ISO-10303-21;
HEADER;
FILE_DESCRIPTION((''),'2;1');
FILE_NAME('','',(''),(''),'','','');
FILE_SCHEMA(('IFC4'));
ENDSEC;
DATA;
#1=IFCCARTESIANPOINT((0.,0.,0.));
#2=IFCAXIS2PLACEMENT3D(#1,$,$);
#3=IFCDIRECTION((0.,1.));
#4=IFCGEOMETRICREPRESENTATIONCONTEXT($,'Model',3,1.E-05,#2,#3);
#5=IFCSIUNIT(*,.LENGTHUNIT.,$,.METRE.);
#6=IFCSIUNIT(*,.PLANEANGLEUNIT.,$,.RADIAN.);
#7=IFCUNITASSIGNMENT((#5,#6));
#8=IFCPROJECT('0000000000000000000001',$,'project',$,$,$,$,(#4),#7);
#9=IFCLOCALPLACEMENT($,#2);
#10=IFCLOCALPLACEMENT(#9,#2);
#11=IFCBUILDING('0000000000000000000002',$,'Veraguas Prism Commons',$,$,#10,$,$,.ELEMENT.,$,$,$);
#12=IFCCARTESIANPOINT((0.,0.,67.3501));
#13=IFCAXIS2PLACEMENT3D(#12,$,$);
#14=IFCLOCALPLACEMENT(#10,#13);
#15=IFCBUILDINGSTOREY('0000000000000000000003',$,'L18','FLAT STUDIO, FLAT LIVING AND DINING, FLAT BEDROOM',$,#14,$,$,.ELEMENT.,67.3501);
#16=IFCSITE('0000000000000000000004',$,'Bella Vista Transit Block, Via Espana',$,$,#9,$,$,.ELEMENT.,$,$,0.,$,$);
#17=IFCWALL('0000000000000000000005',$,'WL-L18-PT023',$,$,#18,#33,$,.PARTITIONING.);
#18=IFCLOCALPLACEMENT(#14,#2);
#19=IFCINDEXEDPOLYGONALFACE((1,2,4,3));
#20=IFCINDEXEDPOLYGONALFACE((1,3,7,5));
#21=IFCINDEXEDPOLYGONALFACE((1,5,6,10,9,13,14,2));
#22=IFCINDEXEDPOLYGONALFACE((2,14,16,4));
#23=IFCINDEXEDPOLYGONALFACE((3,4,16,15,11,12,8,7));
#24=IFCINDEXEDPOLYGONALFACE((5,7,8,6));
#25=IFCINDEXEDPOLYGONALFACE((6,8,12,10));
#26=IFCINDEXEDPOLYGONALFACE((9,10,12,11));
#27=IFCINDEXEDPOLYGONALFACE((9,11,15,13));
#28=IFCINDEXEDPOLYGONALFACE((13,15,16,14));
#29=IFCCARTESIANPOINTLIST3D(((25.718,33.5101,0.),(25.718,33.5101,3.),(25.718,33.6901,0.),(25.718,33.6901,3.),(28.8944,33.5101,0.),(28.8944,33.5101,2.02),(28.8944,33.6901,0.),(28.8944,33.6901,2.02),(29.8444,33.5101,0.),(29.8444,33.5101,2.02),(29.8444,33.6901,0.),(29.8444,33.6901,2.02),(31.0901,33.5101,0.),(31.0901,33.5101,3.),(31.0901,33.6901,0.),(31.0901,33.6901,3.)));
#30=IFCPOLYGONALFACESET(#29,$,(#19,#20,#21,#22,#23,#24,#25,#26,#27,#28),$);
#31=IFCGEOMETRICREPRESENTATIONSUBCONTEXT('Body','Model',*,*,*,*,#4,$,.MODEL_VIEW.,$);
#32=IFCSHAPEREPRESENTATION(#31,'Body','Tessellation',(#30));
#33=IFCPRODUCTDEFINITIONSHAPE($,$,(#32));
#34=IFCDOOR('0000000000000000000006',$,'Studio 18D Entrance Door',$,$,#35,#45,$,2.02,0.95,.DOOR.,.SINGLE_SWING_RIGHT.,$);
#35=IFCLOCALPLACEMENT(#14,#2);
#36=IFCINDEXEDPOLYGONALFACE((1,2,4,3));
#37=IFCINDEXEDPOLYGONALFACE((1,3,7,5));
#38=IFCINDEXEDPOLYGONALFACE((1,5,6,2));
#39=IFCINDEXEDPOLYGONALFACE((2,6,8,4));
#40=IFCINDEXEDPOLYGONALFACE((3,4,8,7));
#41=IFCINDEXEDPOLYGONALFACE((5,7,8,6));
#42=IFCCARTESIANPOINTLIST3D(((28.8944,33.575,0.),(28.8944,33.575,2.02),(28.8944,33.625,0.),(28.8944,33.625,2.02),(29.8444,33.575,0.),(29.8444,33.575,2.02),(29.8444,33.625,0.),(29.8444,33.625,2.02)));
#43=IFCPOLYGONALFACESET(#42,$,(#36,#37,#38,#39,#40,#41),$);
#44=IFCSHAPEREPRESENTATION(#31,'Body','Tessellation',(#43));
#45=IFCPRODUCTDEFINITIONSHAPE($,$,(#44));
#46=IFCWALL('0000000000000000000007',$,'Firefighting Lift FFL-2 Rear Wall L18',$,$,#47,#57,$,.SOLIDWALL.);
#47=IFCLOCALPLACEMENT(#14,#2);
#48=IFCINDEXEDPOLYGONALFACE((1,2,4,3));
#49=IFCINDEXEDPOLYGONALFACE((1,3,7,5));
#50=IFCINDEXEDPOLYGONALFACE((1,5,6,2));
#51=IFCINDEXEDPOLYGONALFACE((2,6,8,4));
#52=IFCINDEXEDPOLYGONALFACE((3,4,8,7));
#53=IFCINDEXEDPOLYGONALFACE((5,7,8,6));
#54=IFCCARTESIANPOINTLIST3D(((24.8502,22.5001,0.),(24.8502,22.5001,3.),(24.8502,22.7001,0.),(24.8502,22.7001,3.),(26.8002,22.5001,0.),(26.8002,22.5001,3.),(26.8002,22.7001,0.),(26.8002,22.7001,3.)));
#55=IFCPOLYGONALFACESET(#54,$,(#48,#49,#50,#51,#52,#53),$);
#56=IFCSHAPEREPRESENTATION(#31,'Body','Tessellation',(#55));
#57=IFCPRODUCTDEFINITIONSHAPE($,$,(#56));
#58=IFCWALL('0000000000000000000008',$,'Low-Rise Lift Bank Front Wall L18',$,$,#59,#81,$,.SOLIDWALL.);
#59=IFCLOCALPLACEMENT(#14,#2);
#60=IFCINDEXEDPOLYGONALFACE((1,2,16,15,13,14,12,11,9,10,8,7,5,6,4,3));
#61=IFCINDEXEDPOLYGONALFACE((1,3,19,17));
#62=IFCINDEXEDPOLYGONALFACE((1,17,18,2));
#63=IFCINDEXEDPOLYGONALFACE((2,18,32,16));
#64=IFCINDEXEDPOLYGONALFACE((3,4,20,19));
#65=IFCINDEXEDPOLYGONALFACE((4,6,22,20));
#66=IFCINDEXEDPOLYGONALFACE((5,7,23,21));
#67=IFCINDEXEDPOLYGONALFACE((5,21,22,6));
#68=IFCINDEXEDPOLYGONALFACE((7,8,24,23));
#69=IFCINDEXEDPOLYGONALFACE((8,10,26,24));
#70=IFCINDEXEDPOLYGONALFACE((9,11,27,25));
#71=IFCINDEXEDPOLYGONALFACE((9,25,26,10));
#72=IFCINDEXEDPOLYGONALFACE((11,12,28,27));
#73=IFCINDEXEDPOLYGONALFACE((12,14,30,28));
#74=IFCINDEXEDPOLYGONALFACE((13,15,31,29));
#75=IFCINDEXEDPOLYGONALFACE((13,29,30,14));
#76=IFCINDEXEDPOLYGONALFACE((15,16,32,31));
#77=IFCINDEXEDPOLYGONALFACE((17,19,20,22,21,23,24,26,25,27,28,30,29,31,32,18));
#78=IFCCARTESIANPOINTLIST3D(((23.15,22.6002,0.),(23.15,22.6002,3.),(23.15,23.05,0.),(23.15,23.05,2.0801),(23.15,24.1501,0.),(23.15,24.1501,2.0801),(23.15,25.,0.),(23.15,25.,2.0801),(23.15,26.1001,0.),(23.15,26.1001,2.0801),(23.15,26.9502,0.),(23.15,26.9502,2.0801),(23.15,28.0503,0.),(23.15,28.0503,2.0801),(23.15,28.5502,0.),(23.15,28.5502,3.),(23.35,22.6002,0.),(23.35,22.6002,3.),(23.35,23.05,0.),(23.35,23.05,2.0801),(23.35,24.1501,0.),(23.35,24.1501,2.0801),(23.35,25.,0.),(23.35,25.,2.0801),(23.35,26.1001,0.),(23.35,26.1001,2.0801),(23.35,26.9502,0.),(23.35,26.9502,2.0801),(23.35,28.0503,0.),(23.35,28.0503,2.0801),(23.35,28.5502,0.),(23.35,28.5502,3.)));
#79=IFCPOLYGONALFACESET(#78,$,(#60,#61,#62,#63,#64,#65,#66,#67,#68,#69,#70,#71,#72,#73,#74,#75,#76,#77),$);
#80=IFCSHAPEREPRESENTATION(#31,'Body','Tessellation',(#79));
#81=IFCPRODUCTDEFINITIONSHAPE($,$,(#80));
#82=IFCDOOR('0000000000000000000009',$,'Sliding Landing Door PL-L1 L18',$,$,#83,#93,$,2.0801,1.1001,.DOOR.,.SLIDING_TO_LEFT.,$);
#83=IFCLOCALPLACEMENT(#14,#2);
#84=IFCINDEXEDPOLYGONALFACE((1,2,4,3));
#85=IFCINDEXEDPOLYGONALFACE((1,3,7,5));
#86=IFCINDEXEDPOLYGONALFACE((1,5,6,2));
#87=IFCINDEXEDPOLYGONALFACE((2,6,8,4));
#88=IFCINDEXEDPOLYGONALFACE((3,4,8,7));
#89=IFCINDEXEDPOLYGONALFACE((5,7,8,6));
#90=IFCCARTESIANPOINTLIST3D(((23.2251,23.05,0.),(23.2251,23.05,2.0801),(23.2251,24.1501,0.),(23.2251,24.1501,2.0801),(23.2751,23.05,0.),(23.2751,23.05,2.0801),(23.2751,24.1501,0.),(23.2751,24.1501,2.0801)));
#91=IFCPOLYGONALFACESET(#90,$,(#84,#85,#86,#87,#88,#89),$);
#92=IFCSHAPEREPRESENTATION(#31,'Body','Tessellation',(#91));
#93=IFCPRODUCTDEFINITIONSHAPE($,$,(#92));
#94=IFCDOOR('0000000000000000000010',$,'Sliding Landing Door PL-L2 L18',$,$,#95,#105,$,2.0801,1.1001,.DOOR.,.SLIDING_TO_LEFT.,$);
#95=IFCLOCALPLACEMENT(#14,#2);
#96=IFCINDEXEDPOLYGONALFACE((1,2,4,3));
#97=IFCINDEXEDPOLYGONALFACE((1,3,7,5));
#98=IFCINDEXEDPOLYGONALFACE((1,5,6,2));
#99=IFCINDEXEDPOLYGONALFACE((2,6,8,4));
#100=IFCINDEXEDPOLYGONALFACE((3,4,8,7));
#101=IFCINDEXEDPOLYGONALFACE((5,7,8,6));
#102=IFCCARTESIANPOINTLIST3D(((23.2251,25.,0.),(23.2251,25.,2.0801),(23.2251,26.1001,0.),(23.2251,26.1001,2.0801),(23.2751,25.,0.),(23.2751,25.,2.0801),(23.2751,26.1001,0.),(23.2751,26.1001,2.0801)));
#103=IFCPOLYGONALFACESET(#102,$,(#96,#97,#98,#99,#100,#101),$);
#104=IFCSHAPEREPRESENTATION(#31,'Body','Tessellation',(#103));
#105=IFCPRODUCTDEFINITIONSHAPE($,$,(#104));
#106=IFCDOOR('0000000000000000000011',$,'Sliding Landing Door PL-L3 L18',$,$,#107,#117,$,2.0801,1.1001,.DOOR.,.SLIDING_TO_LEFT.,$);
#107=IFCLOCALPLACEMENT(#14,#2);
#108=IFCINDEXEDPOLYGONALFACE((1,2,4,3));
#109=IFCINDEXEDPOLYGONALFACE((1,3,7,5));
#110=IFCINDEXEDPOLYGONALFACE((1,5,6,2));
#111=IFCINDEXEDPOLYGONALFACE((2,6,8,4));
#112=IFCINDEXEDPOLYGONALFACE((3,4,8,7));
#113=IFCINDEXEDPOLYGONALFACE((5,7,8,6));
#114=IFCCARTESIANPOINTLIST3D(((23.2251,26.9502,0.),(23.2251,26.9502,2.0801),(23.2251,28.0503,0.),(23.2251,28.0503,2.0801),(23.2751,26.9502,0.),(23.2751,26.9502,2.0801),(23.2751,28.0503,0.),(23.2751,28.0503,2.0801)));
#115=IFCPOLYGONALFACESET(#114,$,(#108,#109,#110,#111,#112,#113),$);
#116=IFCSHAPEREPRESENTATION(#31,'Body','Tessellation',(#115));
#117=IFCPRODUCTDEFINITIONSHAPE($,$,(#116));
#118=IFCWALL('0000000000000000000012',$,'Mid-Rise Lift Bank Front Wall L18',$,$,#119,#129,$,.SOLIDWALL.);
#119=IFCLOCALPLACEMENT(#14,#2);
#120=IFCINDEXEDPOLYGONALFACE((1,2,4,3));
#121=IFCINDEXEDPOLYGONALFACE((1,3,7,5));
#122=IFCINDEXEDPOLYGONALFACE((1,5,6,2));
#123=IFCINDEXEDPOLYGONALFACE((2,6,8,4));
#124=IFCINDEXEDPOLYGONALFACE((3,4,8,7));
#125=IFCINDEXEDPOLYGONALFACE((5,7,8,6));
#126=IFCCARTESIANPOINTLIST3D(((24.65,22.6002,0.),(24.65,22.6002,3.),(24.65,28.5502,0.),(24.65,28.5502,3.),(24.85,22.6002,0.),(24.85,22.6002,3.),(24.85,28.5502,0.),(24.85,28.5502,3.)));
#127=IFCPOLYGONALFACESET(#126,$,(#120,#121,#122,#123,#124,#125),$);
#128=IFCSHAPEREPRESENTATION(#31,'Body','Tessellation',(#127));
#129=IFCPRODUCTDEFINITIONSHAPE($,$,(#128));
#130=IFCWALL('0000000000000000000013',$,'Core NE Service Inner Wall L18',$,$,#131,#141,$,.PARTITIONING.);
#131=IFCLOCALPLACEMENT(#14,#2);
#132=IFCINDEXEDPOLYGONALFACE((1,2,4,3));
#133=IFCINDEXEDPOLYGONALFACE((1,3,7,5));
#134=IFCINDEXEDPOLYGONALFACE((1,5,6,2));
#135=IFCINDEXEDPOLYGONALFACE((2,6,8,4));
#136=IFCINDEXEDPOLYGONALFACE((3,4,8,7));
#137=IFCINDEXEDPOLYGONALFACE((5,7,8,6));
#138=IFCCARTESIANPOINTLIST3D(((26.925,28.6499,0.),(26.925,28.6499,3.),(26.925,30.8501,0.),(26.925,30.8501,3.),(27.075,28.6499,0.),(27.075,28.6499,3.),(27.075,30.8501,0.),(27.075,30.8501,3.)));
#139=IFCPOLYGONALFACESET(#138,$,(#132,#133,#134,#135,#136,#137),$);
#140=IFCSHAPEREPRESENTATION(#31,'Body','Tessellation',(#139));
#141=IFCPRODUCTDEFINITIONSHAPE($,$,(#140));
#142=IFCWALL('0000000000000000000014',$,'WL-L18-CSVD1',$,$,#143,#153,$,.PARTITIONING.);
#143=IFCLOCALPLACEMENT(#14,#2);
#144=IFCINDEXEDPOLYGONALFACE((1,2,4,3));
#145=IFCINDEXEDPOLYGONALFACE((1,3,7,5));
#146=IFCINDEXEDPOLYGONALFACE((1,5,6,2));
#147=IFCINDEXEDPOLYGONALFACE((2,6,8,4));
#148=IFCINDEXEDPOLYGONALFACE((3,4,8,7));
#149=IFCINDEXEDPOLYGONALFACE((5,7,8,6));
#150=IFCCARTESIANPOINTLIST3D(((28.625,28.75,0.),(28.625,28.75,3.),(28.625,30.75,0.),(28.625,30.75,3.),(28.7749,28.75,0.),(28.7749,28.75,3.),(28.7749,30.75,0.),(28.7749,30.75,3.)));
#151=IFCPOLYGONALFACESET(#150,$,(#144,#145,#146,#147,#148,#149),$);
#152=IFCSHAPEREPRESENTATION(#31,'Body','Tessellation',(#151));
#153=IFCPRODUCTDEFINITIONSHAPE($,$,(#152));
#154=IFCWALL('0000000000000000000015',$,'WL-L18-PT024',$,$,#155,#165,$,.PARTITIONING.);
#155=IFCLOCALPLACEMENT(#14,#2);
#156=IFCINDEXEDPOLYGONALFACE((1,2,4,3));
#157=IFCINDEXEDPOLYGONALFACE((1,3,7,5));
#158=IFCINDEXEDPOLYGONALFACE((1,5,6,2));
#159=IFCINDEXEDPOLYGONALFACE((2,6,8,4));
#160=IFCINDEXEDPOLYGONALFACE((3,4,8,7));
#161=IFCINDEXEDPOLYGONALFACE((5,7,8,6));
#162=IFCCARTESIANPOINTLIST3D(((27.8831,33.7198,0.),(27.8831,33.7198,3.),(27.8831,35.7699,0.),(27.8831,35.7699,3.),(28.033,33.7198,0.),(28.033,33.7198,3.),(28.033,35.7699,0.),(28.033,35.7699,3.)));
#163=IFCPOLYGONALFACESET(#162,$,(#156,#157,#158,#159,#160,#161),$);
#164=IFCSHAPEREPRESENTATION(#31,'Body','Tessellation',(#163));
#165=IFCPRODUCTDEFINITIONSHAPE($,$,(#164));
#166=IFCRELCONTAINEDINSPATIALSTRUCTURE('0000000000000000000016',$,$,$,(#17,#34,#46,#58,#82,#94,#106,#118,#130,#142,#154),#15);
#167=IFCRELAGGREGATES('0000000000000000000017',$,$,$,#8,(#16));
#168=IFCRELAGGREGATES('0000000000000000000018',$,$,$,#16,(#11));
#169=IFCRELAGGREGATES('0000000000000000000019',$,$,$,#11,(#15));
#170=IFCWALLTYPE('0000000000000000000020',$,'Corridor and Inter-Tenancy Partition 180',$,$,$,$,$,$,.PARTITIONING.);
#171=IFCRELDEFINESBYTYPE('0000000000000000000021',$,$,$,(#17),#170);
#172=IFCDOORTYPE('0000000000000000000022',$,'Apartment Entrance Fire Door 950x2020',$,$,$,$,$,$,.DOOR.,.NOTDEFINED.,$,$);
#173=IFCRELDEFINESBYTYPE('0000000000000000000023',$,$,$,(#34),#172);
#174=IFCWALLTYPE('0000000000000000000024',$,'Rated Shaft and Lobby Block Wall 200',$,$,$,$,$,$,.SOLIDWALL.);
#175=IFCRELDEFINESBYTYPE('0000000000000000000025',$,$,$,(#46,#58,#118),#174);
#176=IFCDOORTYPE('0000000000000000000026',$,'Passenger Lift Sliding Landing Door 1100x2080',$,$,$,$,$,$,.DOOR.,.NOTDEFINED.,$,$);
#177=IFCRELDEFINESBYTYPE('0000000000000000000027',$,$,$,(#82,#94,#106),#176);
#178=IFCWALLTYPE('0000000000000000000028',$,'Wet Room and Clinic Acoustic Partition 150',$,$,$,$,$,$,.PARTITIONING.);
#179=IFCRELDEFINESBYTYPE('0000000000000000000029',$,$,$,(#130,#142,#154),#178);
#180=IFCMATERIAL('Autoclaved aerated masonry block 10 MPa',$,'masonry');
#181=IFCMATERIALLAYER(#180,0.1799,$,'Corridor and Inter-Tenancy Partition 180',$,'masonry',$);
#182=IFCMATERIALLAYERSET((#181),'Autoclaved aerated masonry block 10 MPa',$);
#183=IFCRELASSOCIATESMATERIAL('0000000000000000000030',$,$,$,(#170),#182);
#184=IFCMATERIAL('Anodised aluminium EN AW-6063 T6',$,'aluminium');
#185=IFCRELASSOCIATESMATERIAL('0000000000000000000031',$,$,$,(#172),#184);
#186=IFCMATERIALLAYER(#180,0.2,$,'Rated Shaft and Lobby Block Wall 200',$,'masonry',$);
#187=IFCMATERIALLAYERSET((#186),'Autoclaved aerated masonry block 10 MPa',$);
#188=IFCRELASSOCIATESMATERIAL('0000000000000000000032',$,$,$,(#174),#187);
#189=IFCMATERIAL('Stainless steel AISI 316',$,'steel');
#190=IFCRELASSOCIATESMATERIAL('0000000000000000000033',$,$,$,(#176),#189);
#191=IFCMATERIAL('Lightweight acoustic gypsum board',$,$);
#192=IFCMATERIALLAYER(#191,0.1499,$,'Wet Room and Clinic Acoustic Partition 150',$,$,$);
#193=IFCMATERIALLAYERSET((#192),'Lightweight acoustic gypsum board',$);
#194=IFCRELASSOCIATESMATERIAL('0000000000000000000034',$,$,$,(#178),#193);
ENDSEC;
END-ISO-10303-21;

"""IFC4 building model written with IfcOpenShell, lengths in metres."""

from ifc_helpers import new_model, si_unit, direction, frame, frame_2d, origin, place, context, subcontext, project, spatial, rectangle, extrude, source, transform, mapped, material, layer, layer_set, type_object, element, fill, save


model = new_model("IFC4")

# Units and contexts
model_context = context("Model", 3, precision=1e-05, world=origin(), true_north=direction((0.0, 1.0)))
body_context = subcontext(model_context, "Body", "Model", "MODEL_VIEW")
ifc_project = project(units=[si_unit("LENGTHUNIT", "METRE"), si_unit("PLANEANGLEUNIT", "RADIAN")], contexts=[model_context])

# Site, building, storey
site_placement = place(None, origin())
site = spatial("IfcSite", under=ifc_project, at=site_placement, Name="Bella Vista Transit Block, Via Espana", CompositionType="ELEMENT", RefElevation=0.0)
building_placement = place(site_placement, origin())
building = spatial("IfcBuilding", under=site, at=building_placement, Name="Veraguas Prism Commons", CompositionType="ELEMENT")
storey_placement = place(building_placement, frame((0.0, 0.0, 67.3501)))
storey = spatial("IfcBuildingStorey", under=building, at=storey_placement, Name="L18", Description="FLAT STUDIO, FLAT LIVING AND DINING, FLAT BEDROOM", CompositionType="ELEMENT", Elevation=67.3501)

# Shared definitions
ifc_material_1 = material(Name="Autoclaved aerated masonry block 10 MPa", Category="masonry")
ifc_layer_1 = layer(ifc_material_1, 0.1799, Name="Corridor and Inter-Tenancy Partition 180", Category="masonry")
ifc_layer_set_1 = layer_set([ifc_layer_1], Name="Autoclaved aerated masonry block 10 MPa")
wall_type_1 = type_object("IfcWallType", Name="Corridor and Inter-Tenancy Partition 180", PredefinedType="PARTITIONING", material=ifc_layer_set_1)

# Wall, opening, door
wall_1_placement = place(storey_placement, frame((25.718, 33.6001, 0.0), z_axis=(0.0, 0.0, 1.0), x_axis=(1.0, 0.0, 0.0)))
wall_1 = element("IfcWall", 1, at=wall_1_placement, inside=storey, type_object=wall_type_1, Name="WL-L18-PT023", PredefinedType="PARTITIONING", context=body_context, shape_type="SweptSolid", body=[
    extrude(rectangle(XDim=5.3721, YDim=0.1799, at=frame_2d((2.686, 0.0))), origin(), (0.0, 0.0, 1.0), 3.0),
])
opening_1_placement = place(wall_1_placement, frame((3.1763, 0.0, 0.0)))
opening_1 = element("IfcOpeningElement", 2, at=opening_1_placement, cuts=wall_1, PredefinedType="OPENING", context=body_context, shape_type="SweptSolid", body=[
    extrude(rectangle(XDim=0.95, YDim=2.02, at=frame_2d((0.4751, 1.01))), frame((0.0, 0.0999, 0.0), z_axis=(0.0, -1.0, 0.0), x_axis=(1.0, 0.0, 0.0)), (0.0, 0.0, 1.0), 0.2),
])
ifc_material_2 = material(Name="Anodised aluminium EN AW-6063 T6", Category="aluminium")
door_type_1 = type_object("IfcDoorType", Name="Apartment Entrance Fire Door 950x2020", OperationType="NOTDEFINED", PredefinedType="DOOR", material=ifc_material_2)
shared_shape_1 = source(origin(), body_context, "Body", "SweptSolid", [
    extrude(rectangle(XDim=0.95, YDim=2.02, at=frame_2d((0.4751, 1.01))), frame((0.0, 0.0249, 0.0), z_axis=(0.0, -1.0, 0.0), x_axis=(1.0, 0.0, 0.0)), (0.0, 0.0, 1.0), 0.05),
])
door_1_placement = place(opening_1_placement, origin())
door_1 = element("IfcDoor", 3, at=door_1_placement, inside=storey, type_object=door_type_1, Name="Studio 18D Entrance Door", OperationType="SINGLE_SWING_RIGHT", OverallHeight=2.02, OverallWidth=0.95, PredefinedType="DOOR", context=body_context, shape_type="MappedRepresentation", body=[
    mapped(shared_shape_1, transform((0.0, 0.0, 0.0), scale=1.0)),
])
fill(opening_1, door_1)

# Wall
ifc_layer_2 = layer(ifc_material_1, 0.2, Name="Rated Shaft and Lobby Block Wall 200", Category="masonry")
ifc_layer_set_2 = layer_set([ifc_layer_2], Name="Autoclaved aerated masonry block 10 MPa")
wall_type_2 = type_object("IfcWallType", Name="Rated Shaft and Lobby Block Wall 200", PredefinedType="SOLIDWALL", material=ifc_layer_set_2)
wall_2_placement = place(storey_placement, frame((24.8501, 22.6001, 0.0), z_axis=(0.0, 0.0, 1.0), x_axis=(1.0, 0.0, 0.0)))
element("IfcWall", 4, at=wall_2_placement, inside=storey, type_object=wall_type_2, Name="Firefighting Lift FFL-2 Rear Wall L18", PredefinedType="SOLIDWALL", context=body_context, shape_type="SweptSolid", body=[
    extrude(rectangle(XDim=1.95, YDim=0.2, at=frame_2d((0.9751, 0.0))), origin(), (0.0, 0.0, 1.0), 3.0),
])

# Wall, openings, doors
wall_3_placement = place(storey_placement, frame((23.25, 22.6001, 0.0), z_axis=(0.0, 0.0, 1.0), x_axis=(0.0, 1.0, 0.0)))
wall_3 = element("IfcWall", 5, at=wall_3_placement, inside=storey, type_object=wall_type_2, Name="Low-Rise Lift Bank Front Wall L18", PredefinedType="SOLIDWALL", context=body_context, shape_type="SweptSolid", body=[
    extrude(rectangle(XDim=5.95, YDim=0.2, at=frame_2d((2.9751, 0.0))), origin(), (0.0, 0.0, 1.0), 3.0),
])
opening_2_placement = place(wall_3_placement, frame((0.45, 0.0, 0.0)))
opening_2 = element("IfcOpeningElement", 6, at=opening_2_placement, cuts=wall_3, PredefinedType="OPENING", context=body_context, shape_type="SweptSolid", body=[
    extrude(rectangle(XDim=1.1001, YDim=2.0801, at=frame_2d((0.55, 1.04))), frame((0.0, 0.1099, 0.0), z_axis=(0.0, -1.0, 0.0), x_axis=(1.0, 0.0, 0.0)), (0.0, 0.0, 1.0), 0.22),
])
opening_3_placement = place(wall_3_placement, frame((2.3999, 0.0, 0.0)))
opening_3 = element("IfcOpeningElement", 7, at=opening_3_placement, cuts=wall_3, PredefinedType="OPENING", context=body_context, shape_type="SweptSolid", body=[
    extrude(rectangle(XDim=1.1001, YDim=2.0801, at=frame_2d((0.55, 1.04))), frame((0.0, 0.1099, 0.0), z_axis=(0.0, -1.0, 0.0), x_axis=(1.0, 0.0, 0.0)), (0.0, 0.0, 1.0), 0.22),
])
opening_4_placement = place(wall_3_placement, frame((4.3501, 0.0, 0.0)))
opening_4 = element("IfcOpeningElement", 8, at=opening_4_placement, cuts=wall_3, PredefinedType="OPENING", context=body_context, shape_type="SweptSolid", body=[
    extrude(rectangle(XDim=1.1001, YDim=2.0801, at=frame_2d((0.55, 1.04))), frame((0.0, 0.1099, 0.0), z_axis=(0.0, -1.0, 0.0), x_axis=(1.0, 0.0, 0.0)), (0.0, 0.0, 1.0), 0.22),
])
ifc_material_3 = material(Name="Stainless steel AISI 316", Category="steel")
door_type_2 = type_object("IfcDoorType", Name="Passenger Lift Sliding Landing Door 1100x2080", OperationType="NOTDEFINED", PredefinedType="DOOR", material=ifc_material_3)
shared_shape_2 = source(origin(), body_context, "Body", "SweptSolid", [
    extrude(rectangle(XDim=1.1001, YDim=2.0801, at=frame_2d((0.55, 1.04))), frame((0.0, 0.0249, 0.0), z_axis=(0.0, -1.0, 0.0), x_axis=(1.0, 0.0, 0.0)), (0.0, 0.0, 1.0), 0.05),
])
door_2_placement = place(opening_2_placement, origin())
door_2 = element("IfcDoor", 9, at=door_2_placement, inside=storey, type_object=door_type_2, Name="Sliding Landing Door PL-L1 L18", OperationType="SLIDING_TO_LEFT", OverallHeight=2.0801, OverallWidth=1.1001, PredefinedType="DOOR", context=body_context, shape_type="MappedRepresentation", body=[
    mapped(shared_shape_2, transform((0.0, 0.0, 0.0), scale=1.0)),
])
fill(opening_2, door_2)
door_3_placement = place(opening_3_placement, origin())
door_3 = element("IfcDoor", 10, at=door_3_placement, inside=storey, type_object=door_type_2, Name="Sliding Landing Door PL-L2 L18", OperationType="SLIDING_TO_LEFT", OverallHeight=2.0801, OverallWidth=1.1001, PredefinedType="DOOR", context=body_context, shape_type="MappedRepresentation", body=[
    mapped(shared_shape_2, transform((0.0, 0.0, 0.0), scale=1.0)),
])
fill(opening_3, door_3)
door_4_placement = place(opening_4_placement, origin())
door_4 = element("IfcDoor", 11, at=door_4_placement, inside=storey, type_object=door_type_2, Name="Sliding Landing Door PL-L3 L18", OperationType="SLIDING_TO_LEFT", OverallHeight=2.0801, OverallWidth=1.1001, PredefinedType="DOOR", context=body_context, shape_type="MappedRepresentation", body=[
    mapped(shared_shape_2, transform((0.0, 0.0, 0.0), scale=1.0)),
])
fill(opening_4, door_4)

# Walls
wall_4_placement = place(storey_placement, frame((24.75, 22.6001, 0.0), z_axis=(0.0, 0.0, 1.0), x_axis=(0.0, 1.0, 0.0)))
element("IfcWall", 12, at=wall_4_placement, inside=storey, type_object=wall_type_2, Name="Mid-Rise Lift Bank Front Wall L18", PredefinedType="SOLIDWALL", context=body_context, shape_type="SweptSolid", body=[
    extrude(rectangle(XDim=5.95, YDim=0.2, at=frame_2d((2.9751, 0.0))), origin(), (0.0, 0.0, 1.0), 3.0),
])
ifc_material_4 = material(Name="Lightweight acoustic gypsum board")
ifc_layer_3 = layer(ifc_material_4, 0.1499, Name="Wet Room and Clinic Acoustic Partition 150")
ifc_layer_set_3 = layer_set([ifc_layer_3], Name="Lightweight acoustic gypsum board")
wall_type_3 = type_object("IfcWallType", Name="Wet Room and Clinic Acoustic Partition 150", PredefinedType="PARTITIONING", material=ifc_layer_set_3)
wall_5_placement = place(storey_placement, frame((27.0, 28.6499, 0.0), z_axis=(0.0, 0.0, 1.0), x_axis=(0.0, 1.0, 0.0)))
element("IfcWall", 13, at=wall_5_placement, inside=storey, type_object=wall_type_3, Name="Core NE Service Inner Wall L18", PredefinedType="PARTITIONING", context=body_context, shape_type="SweptSolid", body=[
    extrude(rectangle(XDim=2.2002, YDim=0.1499, at=frame_2d((1.1001, 0.0))), origin(), (0.0, 0.0, 1.0), 3.0),
])
wall_6_placement = place(storey_placement, frame((28.7, 28.75, 0.0), z_axis=(0.0, 0.0, 1.0), x_axis=(0.0, 1.0, 0.0)))
element("IfcWall", 14, at=wall_6_placement, inside=storey, type_object=wall_type_3, Name="WL-L18-CSVD1", PredefinedType="PARTITIONING", context=body_context, shape_type="SweptSolid", body=[
    extrude(rectangle(XDim=2.0, YDim=0.1499, at=frame_2d((1.0, 0.0))), origin(), (0.0, 0.0, 1.0), 3.0),
])
wall_7_placement = place(storey_placement, frame((27.958, 33.72, 0.0), z_axis=(0.0, 0.0, 1.0), x_axis=(0.0, 1.0, 0.0)))
element("IfcWall", 15, at=wall_7_placement, inside=storey, type_object=wall_type_3, Name="WL-L18-PT024", PredefinedType="PARTITIONING", context=body_context, shape_type="SweptSolid", body=[
    extrude(rectangle(XDim=2.05, YDim=0.1499, at=frame_2d((1.0249, 0.0))), origin(), (0.0, 0.0, 1.0), 3.0),
])

save(model, "model.ifc")
